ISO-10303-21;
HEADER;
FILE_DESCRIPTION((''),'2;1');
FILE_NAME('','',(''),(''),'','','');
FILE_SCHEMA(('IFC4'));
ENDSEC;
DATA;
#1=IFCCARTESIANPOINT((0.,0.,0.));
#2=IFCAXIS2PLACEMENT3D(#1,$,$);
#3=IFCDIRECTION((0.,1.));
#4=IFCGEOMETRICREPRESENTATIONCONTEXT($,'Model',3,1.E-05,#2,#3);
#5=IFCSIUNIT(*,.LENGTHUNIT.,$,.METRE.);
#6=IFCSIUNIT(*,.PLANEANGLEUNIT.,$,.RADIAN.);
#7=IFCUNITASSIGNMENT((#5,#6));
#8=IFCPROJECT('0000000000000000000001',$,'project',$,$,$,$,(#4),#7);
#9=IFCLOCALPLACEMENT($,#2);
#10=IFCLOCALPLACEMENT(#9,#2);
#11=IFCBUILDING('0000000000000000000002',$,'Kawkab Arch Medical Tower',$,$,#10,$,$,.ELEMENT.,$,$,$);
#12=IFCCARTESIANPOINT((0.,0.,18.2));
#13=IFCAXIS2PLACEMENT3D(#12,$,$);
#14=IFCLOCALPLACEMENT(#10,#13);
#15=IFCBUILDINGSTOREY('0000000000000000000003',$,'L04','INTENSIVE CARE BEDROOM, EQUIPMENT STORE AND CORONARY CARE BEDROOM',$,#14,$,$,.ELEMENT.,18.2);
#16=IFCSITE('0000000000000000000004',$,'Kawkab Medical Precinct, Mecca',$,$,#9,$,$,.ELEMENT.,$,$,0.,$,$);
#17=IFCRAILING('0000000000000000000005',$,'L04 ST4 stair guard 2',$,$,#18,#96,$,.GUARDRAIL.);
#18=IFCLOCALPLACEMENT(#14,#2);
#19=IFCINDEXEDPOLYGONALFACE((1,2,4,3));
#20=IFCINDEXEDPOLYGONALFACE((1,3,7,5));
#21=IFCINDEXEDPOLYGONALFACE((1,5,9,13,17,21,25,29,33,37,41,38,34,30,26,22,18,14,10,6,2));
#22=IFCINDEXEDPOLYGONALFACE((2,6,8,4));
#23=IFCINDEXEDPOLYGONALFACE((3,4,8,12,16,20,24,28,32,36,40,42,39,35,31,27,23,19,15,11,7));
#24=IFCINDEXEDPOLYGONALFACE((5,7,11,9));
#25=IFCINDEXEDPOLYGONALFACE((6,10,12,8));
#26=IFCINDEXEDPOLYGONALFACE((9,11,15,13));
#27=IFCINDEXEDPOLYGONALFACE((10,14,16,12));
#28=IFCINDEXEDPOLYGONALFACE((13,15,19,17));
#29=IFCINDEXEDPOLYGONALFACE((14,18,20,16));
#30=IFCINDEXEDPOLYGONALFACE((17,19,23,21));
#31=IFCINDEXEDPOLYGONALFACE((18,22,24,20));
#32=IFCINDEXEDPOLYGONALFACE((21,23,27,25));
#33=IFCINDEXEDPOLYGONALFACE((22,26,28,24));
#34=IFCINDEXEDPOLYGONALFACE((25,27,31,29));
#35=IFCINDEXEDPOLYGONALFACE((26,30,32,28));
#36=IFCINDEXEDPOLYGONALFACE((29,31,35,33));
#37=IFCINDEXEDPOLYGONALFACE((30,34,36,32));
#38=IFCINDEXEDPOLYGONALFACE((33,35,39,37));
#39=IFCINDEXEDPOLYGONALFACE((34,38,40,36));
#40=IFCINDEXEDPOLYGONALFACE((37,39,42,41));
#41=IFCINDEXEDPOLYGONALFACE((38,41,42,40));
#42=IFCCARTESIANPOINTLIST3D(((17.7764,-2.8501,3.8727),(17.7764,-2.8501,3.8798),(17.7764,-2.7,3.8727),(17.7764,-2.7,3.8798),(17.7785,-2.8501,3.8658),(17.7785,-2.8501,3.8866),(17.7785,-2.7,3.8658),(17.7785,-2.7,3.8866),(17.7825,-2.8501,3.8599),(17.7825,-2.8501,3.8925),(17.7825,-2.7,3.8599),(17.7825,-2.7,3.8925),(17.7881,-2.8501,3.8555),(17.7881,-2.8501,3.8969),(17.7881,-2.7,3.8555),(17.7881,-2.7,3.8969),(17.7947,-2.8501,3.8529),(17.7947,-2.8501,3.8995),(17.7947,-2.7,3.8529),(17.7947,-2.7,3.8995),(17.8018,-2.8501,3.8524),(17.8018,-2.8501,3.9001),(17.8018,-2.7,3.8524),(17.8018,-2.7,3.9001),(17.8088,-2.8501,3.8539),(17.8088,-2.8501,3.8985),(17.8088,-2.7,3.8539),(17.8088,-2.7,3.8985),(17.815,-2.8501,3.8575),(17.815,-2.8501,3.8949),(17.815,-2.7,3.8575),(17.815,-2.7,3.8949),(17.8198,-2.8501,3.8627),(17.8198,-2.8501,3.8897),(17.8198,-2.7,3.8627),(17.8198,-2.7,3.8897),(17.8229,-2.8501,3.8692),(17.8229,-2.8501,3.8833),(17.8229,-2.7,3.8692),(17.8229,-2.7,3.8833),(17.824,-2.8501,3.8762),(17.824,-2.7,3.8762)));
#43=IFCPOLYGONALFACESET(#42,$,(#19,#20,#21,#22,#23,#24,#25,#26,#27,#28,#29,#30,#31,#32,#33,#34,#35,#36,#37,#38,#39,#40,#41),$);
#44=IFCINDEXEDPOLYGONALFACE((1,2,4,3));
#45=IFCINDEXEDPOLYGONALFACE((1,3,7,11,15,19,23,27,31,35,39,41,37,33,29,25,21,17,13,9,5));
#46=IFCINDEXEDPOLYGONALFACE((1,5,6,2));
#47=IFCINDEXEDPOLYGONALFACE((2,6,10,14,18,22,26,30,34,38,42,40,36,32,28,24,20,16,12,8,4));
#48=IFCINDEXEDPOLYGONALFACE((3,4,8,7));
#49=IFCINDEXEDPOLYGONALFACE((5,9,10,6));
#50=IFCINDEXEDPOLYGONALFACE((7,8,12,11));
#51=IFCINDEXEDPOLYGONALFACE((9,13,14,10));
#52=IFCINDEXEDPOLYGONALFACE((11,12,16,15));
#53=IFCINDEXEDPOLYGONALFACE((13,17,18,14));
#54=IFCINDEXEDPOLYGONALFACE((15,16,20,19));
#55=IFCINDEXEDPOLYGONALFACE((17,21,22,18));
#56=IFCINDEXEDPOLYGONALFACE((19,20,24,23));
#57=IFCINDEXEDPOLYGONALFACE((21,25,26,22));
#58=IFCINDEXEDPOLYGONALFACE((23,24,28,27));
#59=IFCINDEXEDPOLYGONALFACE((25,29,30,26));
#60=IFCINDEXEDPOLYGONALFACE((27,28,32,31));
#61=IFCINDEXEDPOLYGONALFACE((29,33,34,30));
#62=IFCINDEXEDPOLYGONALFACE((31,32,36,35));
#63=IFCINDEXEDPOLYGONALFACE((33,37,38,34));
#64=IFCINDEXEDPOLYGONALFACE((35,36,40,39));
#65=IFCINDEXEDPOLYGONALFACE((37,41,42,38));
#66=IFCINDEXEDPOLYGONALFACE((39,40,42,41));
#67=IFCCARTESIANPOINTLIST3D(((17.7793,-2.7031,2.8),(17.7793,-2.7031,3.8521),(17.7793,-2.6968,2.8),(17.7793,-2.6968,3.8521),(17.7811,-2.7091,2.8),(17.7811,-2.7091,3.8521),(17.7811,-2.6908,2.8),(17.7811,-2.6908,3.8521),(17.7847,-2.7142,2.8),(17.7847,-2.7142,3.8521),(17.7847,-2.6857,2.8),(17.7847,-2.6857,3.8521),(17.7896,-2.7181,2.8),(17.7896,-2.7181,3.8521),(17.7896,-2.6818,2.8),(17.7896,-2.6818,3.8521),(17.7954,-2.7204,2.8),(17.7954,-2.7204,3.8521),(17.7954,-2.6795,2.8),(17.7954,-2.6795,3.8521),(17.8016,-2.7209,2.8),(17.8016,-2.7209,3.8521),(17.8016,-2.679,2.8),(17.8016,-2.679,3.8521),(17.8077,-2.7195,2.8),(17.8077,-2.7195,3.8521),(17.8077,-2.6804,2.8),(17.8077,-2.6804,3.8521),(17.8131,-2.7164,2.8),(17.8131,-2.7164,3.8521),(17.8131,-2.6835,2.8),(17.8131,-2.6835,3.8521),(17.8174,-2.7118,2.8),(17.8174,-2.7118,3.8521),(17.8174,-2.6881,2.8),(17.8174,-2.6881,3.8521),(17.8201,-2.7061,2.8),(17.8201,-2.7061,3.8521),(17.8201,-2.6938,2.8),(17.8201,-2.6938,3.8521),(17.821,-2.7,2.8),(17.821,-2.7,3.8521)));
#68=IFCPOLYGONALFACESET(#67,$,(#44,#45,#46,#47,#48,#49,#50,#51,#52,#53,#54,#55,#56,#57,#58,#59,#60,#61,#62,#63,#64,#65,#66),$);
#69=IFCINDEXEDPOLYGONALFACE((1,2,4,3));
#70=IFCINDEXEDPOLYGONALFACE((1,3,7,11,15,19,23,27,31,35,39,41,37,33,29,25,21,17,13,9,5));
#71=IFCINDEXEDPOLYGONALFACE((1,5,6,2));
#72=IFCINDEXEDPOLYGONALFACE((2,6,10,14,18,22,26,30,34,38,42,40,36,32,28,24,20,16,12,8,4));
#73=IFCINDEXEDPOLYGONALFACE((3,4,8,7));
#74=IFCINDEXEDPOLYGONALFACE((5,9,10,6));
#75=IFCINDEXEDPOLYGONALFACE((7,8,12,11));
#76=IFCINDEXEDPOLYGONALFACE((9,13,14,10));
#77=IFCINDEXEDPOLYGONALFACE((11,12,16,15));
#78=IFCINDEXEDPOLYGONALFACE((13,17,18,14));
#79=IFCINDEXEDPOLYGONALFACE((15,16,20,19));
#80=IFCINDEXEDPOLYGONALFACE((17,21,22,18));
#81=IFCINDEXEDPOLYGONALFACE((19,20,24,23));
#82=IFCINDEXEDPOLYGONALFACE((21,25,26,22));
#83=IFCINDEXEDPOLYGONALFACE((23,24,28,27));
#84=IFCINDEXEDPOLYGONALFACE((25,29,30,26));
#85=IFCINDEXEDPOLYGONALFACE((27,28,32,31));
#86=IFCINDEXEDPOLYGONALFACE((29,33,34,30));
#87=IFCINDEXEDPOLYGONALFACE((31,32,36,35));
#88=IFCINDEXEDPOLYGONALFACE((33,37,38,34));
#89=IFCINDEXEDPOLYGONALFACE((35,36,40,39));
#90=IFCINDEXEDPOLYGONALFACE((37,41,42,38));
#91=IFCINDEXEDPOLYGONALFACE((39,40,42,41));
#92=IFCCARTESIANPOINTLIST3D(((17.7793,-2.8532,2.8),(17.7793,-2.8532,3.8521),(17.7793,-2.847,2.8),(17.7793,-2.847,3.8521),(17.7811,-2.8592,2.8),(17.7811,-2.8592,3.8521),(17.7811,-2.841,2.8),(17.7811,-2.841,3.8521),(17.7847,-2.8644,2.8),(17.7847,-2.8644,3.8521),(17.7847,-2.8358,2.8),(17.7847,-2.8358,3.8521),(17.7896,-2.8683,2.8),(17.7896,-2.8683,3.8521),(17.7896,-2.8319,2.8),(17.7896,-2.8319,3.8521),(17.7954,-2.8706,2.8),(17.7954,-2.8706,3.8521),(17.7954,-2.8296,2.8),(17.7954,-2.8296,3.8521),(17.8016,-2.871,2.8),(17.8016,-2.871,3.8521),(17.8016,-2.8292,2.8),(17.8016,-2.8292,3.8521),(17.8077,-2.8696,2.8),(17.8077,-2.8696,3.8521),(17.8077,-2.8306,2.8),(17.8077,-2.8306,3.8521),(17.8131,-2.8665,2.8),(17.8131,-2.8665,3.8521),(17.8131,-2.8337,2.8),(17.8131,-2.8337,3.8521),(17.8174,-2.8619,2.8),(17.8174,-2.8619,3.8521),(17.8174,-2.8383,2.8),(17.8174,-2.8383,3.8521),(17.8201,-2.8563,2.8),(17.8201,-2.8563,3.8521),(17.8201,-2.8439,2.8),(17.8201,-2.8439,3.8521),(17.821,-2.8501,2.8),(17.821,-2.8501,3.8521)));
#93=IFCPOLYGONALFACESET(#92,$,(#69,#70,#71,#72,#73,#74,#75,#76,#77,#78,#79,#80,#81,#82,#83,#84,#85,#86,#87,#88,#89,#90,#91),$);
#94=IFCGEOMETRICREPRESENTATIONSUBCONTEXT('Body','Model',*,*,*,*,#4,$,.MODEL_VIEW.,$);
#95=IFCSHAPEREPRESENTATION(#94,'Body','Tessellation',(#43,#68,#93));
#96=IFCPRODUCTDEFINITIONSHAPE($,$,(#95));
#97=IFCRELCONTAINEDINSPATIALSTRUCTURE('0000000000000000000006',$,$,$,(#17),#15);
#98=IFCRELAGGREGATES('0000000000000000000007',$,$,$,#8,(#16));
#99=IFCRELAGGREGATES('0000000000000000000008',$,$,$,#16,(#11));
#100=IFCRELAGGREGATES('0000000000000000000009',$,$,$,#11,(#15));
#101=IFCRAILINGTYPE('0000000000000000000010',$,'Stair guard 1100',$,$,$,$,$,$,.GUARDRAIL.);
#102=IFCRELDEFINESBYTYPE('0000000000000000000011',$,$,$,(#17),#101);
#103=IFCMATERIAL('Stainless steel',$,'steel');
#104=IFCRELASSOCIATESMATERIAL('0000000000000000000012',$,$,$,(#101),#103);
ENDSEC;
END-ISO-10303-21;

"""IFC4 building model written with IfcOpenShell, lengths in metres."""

from ifc_helpers import new_model, si_unit, direction, frame, origin, origin_2d, place, context, subcontext, project, spatial, circle, extrude, material, type_object, element, save


model = new_model("IFC4")

# Units and contexts
model_context = context("Model", 3, precision=1e-05, world=origin(), true_north=direction((0.0, 1.0)))
body_context = subcontext(model_context, "Body", "Model", "MODEL_VIEW")
ifc_project = project(units=[si_unit("LENGTHUNIT", "METRE"), si_unit("PLANEANGLEUNIT", "RADIAN")], contexts=[model_context])

# Site, building, storey
site_placement = place(None, origin())
site = spatial("IfcSite", under=ifc_project, at=site_placement, Name="Kawkab Medical Precinct, Mecca", CompositionType="ELEMENT", RefElevation=0.0)
building_placement = place(site_placement, origin())
building = spatial("IfcBuilding", under=site, at=building_placement, Name="Kawkab Arch Medical Tower", CompositionType="ELEMENT")
storey_placement = place(building_placement, frame((0.0, 0.0, 18.2)))
storey = spatial("IfcBuildingStorey", under=building, at=storey_placement, Name="L04", Description="INTENSIVE CARE BEDROOM, EQUIPMENT STORE AND CORONARY CARE BEDROOM", CompositionType="ELEMENT", Elevation=18.2)

# Railing
ifc_material_1 = material(Name="Stainless steel", Category="steel")
railing_type = type_object("IfcRailingType", Name="Stair guard 1100", PredefinedType="GUARDRAIL", material=ifc_material_1)
railing_1_placement = place(storey_placement, frame((17.8, -2.7, 2.8)))
element("IfcRailing", 1, at=railing_1_placement, inside=storey, type_object=railing_type, Name="L04 ST4 stair guard 2", PredefinedType="GUARDRAIL", context=body_context, shape_type="SweptSolid", body=[
    extrude(circle(Radius=0.0239, at=origin_2d()), frame((0.0, 0.0, 1.0762), z_axis=(0.0, -1.0, 0.0), x_axis=(1.0, 0.0, 0.0)), (0.0, 0.0, 1.0), 0.1501),
    extrude(circle(Radius=0.021, at=origin_2d()), origin(), (0.0, 0.0, 1.0), 1.052),
    extrude(circle(Radius=0.021, at=origin_2d()), frame((0.0, -0.1501, 0.0)), (0.0, 0.0, 1.0), 1.052),
])

save(model, "model.ifc")
